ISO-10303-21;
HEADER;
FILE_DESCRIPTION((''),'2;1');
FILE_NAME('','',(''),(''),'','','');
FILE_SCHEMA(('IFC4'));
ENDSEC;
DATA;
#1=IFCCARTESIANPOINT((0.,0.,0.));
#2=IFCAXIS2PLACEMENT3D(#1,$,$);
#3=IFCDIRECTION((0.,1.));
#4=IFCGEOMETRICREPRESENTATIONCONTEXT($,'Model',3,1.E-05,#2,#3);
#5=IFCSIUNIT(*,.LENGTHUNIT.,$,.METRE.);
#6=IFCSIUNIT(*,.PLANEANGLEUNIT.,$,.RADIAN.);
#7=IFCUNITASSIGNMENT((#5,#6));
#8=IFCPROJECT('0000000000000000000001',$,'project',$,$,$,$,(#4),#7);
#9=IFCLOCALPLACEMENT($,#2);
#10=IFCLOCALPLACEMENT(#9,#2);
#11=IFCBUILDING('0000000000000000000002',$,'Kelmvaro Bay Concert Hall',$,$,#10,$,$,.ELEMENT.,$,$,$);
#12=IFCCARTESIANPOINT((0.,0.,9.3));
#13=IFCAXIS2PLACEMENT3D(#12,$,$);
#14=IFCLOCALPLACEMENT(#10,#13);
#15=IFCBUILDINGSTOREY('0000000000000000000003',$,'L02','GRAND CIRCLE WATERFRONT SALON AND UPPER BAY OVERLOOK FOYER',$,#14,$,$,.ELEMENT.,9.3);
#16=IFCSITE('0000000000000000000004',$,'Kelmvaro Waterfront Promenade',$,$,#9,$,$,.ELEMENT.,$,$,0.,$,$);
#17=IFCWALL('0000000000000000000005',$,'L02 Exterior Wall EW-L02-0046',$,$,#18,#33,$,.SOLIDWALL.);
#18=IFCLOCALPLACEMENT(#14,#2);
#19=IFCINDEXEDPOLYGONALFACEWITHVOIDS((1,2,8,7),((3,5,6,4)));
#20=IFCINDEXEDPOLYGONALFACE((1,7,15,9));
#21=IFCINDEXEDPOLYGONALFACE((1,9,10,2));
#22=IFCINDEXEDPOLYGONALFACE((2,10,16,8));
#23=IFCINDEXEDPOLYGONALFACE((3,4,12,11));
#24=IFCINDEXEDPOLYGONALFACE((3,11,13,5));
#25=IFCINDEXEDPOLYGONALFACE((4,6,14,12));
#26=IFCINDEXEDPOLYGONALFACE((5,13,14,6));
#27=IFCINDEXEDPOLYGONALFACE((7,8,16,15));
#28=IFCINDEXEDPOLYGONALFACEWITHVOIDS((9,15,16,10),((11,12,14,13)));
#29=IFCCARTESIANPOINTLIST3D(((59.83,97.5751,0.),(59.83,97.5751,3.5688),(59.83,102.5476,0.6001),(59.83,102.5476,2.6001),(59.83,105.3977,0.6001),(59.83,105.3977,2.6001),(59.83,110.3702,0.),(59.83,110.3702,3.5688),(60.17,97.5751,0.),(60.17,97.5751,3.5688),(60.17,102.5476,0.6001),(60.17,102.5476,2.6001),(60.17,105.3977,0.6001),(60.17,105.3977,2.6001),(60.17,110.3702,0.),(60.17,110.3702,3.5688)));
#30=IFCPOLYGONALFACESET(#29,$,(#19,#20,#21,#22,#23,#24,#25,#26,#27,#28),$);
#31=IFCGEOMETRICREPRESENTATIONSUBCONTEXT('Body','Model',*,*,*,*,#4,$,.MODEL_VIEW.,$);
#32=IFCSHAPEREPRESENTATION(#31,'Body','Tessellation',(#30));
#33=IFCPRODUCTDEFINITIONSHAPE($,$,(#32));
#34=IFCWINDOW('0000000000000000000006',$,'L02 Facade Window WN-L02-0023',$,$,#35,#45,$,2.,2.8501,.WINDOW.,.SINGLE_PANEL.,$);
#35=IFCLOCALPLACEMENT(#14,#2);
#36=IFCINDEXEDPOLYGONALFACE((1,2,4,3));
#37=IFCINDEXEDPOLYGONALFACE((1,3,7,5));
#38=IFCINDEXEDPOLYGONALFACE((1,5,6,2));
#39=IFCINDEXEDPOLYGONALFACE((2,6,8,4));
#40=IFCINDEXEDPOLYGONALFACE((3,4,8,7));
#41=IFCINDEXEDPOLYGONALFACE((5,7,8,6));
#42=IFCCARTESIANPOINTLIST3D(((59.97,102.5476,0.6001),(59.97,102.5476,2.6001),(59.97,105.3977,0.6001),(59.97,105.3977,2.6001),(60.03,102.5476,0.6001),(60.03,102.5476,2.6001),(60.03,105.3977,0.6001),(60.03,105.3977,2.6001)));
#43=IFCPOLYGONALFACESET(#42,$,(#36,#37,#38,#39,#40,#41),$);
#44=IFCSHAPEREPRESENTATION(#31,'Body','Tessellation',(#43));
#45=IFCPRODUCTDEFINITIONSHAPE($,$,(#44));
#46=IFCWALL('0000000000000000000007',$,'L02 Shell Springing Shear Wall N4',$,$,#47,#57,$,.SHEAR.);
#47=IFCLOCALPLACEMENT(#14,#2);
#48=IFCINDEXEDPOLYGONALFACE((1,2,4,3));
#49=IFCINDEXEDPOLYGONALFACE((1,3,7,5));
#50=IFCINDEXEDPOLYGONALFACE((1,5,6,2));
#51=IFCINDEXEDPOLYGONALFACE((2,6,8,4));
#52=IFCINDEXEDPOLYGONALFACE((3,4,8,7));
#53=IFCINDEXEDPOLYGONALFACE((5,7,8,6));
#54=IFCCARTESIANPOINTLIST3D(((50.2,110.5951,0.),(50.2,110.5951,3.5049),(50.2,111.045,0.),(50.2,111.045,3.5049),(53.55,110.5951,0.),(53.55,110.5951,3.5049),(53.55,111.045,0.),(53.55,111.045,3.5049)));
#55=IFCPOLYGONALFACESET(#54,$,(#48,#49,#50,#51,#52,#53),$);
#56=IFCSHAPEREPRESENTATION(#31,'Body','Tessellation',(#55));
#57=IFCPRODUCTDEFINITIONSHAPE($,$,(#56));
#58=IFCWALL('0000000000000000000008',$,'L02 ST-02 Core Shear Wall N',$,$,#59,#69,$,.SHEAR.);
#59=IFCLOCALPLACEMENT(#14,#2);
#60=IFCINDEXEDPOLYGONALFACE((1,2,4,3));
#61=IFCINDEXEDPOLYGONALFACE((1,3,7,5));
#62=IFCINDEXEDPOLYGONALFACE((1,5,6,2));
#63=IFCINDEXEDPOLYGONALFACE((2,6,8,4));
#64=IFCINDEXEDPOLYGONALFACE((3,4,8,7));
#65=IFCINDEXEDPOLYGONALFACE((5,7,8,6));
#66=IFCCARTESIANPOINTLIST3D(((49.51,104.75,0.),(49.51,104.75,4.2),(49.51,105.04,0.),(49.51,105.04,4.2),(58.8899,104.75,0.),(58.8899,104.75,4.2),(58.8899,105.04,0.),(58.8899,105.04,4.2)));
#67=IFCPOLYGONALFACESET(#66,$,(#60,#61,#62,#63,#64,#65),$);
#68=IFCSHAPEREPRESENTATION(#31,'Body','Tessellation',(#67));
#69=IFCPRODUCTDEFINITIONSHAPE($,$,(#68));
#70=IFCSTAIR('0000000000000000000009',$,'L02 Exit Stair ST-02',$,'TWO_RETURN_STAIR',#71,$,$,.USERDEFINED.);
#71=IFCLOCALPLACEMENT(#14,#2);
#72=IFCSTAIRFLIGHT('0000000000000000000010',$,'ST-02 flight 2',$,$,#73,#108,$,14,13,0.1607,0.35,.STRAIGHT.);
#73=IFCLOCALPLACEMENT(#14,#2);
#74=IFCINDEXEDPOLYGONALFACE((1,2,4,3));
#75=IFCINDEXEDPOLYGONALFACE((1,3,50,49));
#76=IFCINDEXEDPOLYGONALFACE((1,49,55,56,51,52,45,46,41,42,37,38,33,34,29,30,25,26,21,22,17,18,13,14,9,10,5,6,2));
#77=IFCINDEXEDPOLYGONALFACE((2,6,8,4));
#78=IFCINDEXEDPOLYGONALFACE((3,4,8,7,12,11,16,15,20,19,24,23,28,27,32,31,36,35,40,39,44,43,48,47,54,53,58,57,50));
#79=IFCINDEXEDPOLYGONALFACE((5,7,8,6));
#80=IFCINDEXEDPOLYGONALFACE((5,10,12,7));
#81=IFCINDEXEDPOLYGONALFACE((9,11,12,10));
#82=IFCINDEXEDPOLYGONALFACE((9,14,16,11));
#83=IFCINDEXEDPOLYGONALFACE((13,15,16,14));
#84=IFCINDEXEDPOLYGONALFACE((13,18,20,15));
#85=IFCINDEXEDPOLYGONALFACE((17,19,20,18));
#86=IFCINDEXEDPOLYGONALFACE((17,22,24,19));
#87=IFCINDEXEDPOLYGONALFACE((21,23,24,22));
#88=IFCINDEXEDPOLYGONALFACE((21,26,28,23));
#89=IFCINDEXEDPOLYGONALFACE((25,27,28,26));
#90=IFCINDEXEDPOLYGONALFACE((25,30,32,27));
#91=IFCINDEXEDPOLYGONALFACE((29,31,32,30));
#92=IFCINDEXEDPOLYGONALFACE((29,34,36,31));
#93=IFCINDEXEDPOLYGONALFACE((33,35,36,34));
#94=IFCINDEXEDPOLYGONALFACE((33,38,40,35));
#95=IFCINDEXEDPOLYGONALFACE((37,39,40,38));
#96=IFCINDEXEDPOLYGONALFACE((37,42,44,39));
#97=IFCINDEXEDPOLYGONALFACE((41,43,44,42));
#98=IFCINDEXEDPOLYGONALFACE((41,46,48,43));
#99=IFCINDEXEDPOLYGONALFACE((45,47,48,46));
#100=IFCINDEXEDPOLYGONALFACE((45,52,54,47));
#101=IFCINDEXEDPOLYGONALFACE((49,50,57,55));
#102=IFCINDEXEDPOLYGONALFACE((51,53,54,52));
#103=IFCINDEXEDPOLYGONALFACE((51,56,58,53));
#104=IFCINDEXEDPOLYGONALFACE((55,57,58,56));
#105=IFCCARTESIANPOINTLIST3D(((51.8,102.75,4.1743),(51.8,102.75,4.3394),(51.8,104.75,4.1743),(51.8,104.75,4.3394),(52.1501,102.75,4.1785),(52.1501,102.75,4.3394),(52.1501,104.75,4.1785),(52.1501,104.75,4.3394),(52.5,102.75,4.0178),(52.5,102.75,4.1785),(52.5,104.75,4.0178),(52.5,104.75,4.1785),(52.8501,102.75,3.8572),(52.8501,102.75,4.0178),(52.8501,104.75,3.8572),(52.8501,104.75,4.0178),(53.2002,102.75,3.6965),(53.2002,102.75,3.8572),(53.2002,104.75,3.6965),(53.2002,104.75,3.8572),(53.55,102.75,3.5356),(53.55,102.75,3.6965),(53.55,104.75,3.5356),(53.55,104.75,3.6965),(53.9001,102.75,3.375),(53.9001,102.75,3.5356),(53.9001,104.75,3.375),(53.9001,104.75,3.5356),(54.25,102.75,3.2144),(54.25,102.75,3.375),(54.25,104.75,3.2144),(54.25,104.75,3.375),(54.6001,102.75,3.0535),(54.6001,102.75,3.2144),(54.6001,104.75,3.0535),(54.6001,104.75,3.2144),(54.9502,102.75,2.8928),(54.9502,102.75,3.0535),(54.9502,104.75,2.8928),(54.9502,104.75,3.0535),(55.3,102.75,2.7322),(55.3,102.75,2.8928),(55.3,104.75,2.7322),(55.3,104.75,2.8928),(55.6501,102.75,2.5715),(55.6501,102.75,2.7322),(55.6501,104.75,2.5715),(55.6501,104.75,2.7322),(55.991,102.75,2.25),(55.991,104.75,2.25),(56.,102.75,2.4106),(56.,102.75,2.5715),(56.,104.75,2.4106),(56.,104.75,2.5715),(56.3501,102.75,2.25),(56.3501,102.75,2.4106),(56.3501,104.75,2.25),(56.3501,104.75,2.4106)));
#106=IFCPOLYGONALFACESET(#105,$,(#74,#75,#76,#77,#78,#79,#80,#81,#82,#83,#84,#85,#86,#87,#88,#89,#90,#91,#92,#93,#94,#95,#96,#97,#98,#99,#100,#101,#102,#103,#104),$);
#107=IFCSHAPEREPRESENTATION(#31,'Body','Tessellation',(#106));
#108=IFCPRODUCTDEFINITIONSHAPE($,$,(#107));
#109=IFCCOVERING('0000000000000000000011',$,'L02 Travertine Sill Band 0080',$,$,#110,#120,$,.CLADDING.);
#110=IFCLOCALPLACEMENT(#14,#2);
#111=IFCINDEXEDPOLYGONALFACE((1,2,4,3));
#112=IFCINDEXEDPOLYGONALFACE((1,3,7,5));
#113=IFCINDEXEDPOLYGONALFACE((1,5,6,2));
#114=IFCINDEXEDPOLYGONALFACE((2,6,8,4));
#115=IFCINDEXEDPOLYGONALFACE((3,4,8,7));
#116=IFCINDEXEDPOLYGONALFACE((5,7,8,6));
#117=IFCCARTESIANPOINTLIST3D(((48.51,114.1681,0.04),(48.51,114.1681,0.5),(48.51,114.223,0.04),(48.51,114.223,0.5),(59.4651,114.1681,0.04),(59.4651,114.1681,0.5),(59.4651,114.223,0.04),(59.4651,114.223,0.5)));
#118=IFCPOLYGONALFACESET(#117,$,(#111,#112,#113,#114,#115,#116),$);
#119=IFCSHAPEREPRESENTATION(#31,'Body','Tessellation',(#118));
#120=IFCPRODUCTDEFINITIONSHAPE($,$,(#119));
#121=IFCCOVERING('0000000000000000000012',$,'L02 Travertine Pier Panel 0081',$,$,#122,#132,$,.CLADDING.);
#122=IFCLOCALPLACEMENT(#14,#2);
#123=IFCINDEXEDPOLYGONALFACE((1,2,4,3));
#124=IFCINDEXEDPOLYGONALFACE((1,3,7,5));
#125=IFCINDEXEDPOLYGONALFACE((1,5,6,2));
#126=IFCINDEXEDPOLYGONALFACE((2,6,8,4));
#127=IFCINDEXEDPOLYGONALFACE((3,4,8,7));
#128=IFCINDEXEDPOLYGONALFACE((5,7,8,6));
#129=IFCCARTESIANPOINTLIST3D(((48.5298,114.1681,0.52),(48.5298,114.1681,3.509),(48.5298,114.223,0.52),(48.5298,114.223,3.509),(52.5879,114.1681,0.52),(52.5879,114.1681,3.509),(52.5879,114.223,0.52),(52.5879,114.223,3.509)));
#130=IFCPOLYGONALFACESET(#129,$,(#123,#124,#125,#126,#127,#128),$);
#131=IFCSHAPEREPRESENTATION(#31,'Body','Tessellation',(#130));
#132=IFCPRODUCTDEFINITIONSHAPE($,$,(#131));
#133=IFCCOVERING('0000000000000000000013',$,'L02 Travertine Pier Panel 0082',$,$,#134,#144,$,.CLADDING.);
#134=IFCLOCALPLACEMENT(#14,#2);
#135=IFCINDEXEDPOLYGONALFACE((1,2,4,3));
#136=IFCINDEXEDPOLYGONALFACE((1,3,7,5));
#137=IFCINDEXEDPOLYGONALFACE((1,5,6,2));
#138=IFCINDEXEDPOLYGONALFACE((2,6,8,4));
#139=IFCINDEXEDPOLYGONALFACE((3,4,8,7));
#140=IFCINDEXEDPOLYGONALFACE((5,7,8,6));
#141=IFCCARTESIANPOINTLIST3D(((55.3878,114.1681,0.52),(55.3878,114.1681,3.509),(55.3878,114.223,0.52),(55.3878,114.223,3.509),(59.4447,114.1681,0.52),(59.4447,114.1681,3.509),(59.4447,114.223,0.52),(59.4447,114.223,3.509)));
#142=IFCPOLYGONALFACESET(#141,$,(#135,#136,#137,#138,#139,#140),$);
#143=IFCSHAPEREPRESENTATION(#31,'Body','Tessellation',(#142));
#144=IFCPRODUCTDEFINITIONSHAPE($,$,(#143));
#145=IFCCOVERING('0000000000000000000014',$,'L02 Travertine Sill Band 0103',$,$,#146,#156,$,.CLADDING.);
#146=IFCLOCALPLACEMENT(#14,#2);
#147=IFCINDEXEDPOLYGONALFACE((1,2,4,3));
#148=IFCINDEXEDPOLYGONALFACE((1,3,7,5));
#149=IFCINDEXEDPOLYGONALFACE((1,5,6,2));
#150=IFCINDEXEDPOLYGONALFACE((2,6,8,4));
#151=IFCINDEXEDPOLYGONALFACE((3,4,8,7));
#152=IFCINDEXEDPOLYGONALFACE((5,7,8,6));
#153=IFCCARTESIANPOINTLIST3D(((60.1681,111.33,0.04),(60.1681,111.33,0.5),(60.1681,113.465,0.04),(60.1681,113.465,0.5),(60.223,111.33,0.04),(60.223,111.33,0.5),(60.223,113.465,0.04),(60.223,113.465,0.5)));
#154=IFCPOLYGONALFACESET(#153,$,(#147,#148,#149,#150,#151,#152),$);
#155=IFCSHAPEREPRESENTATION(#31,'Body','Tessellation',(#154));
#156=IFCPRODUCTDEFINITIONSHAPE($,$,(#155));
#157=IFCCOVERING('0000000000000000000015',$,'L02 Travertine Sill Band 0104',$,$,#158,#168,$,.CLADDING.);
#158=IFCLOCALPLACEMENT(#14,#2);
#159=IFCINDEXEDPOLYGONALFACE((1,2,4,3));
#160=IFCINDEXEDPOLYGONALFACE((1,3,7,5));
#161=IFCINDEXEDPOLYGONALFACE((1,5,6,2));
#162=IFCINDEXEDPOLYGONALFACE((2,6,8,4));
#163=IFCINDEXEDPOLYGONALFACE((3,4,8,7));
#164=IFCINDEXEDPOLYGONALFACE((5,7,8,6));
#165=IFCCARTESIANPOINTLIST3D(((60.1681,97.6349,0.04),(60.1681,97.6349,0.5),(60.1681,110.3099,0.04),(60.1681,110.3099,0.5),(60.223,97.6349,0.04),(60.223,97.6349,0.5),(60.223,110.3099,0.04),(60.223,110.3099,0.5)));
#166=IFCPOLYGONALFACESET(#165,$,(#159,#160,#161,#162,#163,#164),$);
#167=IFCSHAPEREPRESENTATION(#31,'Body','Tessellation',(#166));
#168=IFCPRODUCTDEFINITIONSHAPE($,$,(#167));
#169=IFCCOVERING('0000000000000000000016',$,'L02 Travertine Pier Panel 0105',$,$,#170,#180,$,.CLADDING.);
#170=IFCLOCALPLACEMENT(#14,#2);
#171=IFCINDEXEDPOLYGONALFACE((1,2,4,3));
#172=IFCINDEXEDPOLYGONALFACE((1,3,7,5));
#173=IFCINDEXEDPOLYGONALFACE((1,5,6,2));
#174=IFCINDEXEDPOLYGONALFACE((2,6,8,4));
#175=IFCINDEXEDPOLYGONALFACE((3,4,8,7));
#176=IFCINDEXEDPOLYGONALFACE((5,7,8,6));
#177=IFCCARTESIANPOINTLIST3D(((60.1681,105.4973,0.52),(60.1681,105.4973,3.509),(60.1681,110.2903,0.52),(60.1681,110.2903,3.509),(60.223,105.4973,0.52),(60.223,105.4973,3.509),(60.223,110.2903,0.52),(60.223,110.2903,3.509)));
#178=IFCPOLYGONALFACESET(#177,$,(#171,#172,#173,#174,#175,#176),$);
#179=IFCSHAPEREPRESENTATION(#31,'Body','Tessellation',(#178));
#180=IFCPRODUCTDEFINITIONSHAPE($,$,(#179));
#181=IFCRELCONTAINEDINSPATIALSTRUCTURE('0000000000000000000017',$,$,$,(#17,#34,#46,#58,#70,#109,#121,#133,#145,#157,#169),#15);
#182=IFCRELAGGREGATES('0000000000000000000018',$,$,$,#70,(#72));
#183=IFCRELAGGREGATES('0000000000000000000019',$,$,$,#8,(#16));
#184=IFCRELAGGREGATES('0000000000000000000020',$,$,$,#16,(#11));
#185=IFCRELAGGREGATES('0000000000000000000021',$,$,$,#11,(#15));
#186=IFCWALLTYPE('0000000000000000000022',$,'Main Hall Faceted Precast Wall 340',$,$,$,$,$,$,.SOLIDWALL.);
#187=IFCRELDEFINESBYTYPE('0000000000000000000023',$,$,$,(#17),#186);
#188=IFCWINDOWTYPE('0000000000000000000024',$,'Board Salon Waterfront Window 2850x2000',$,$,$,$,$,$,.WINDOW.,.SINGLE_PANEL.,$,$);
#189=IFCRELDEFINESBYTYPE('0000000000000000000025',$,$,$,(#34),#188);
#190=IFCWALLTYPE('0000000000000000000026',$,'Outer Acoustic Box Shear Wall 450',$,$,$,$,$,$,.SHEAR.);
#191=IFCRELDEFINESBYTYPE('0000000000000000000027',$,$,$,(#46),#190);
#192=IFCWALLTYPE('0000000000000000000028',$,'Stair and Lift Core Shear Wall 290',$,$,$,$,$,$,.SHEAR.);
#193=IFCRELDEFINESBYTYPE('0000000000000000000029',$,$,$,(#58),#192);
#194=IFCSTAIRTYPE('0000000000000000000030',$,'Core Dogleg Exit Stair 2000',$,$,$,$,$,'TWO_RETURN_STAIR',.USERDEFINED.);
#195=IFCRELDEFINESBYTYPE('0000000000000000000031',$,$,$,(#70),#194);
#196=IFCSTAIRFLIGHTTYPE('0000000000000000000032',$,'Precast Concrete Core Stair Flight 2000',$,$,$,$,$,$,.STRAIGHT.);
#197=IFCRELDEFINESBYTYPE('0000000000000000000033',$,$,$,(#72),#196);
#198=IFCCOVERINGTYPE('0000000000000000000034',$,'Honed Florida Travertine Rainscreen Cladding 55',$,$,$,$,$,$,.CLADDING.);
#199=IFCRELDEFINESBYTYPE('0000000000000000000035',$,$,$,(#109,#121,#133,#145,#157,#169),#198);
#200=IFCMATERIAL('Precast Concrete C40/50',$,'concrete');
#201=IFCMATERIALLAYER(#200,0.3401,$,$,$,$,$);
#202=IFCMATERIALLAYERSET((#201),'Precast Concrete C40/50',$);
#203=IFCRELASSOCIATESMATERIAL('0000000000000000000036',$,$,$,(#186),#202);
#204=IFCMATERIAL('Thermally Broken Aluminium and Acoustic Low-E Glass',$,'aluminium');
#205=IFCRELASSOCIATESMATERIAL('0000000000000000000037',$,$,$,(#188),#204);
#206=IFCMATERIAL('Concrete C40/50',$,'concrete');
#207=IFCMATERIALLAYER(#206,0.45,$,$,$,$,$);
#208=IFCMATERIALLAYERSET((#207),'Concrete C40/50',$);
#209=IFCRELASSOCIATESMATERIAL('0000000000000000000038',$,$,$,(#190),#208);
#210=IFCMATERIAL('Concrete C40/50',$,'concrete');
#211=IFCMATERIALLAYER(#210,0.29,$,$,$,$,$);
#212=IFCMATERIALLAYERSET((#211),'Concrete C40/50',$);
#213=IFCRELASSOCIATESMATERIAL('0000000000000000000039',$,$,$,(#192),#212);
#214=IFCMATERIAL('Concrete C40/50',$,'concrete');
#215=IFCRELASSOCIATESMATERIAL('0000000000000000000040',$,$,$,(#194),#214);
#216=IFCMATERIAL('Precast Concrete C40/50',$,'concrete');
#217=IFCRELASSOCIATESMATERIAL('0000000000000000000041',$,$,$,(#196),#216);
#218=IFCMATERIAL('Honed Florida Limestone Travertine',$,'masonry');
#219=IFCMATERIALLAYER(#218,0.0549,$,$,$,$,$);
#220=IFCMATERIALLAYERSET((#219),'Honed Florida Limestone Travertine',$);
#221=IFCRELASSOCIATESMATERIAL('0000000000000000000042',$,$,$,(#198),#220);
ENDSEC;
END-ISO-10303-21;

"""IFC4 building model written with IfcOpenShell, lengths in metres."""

from ifc_helpers import new_model, si_unit, direction, frame, frame_2d, origin, origin_2d, place, context, subcontext, project, spatial, polyline, rectangle, outline, extrude, material, layer, layer_set, type_object, element, fill, aggregate, save


model = new_model("IFC4")

# Units and contexts
model_context = context("Model", 3, precision=1e-05, world=origin(), true_north=direction((0.0, 1.0)))
body_context = subcontext(model_context, "Body", "Model", "MODEL_VIEW")
ifc_project = project(units=[si_unit("LENGTHUNIT", "METRE"), si_unit("PLANEANGLEUNIT", "RADIAN")], contexts=[model_context])

# Site, building, storey
site_placement = place(None, origin())
site = spatial("IfcSite", under=ifc_project, at=site_placement, Name="Kelmvaro Waterfront Promenade", CompositionType="ELEMENT", RefElevation=0.0)
building_placement = place(site_placement, origin())
building = spatial("IfcBuilding", under=site, at=building_placement, Name="Kelmvaro Bay Concert Hall", CompositionType="ELEMENT")
storey_placement = place(building_placement, frame((0.0, 0.0, 9.3)))
storey = spatial("IfcBuildingStorey", under=building, at=storey_placement, Name="L02", Description="GRAND CIRCLE WATERFRONT SALON AND UPPER BAY OVERLOOK FOYER", CompositionType="ELEMENT", Elevation=9.3)

# Shared definitions
ifc_material_1 = material(Name="Precast Concrete C40/50", Category="concrete")
ifc_layer_1 = layer(ifc_material_1, 0.3401)
ifc_layer_set_1 = layer_set([ifc_layer_1], Name="Precast Concrete C40/50")
wall_type_1 = type_object("IfcWallType", Name="Main Hall Faceted Precast Wall 340", PredefinedType="SOLIDWALL", material=ifc_layer_set_1)

# Wall, opening, window
wall_1_placement = place(storey_placement, frame((60.0, 110.3701, 0.0), z_axis=(0.0, 0.0, 1.0), x_axis=(0.0, -1.0, 0.0)))
wall_1 = element("IfcWall", 1, at=wall_1_placement, inside=storey, type_object=wall_type_1, Name="L02 Exterior Wall EW-L02-0046", PredefinedType="SOLIDWALL", context=body_context, shape_type="SweptSolid", body=[
    extrude(rectangle(XDim=12.7952, YDim=0.3401, at=frame_2d((6.3975, 0.0))), origin(), (0.0, 0.0, 1.0), 3.5688),
])
opening_1_placement = place(wall_1_placement, frame((4.9724, 0.0, 0.6001)))
opening_1 = element("IfcOpeningElement", 2, at=opening_1_placement, cuts=wall_1, PredefinedType="OPENING", context=body_context, shape_type="SweptSolid", body=[
    extrude(rectangle(XDim=2.8501, YDim=2.0, at=frame_2d((1.425, 1.0))), frame((0.0, 0.1799, 0.0), z_axis=(0.0, -1.0, 0.0), x_axis=(1.0, 0.0, 0.0)), (0.0, 0.0, 1.0), 0.3601),
])
ifc_material_2 = material(Name="Thermally Broken Aluminium and Acoustic Low-E Glass", Category="aluminium")
window_type_1 = type_object("IfcWindowType", Name="Board Salon Waterfront Window 2850x2000", PartitioningType="SINGLE_PANEL", PredefinedType="WINDOW", material=ifc_material_2)
window_1_placement = place(opening_1_placement, origin())
window_1 = element("IfcWindow", 3, at=window_1_placement, inside=storey, type_object=window_type_1, Name="L02 Facade Window WN-L02-0023", OverallHeight=2.0, OverallWidth=2.8501, PartitioningType="SINGLE_PANEL", PredefinedType="WINDOW", context=body_context, shape_type="SweptSolid", body=[
    extrude(rectangle(XDim=2.8501, YDim=2.0, at=frame_2d((1.425, 1.0))), frame((0.0, 0.03, 0.0), z_axis=(0.0, -1.0, 0.0), x_axis=(1.0, 0.0, 0.0)), (0.0, 0.0, 1.0), 0.0601),
])
fill(opening_1, window_1)

# Walls
ifc_material_3 = material(Name="Concrete C40/50", Category="concrete")
ifc_layer_2 = layer(ifc_material_3, 0.45)
ifc_layer_set_2 = layer_set([ifc_layer_2], Name="Concrete C40/50")
wall_type_2 = type_object("IfcWallType", Name="Outer Acoustic Box Shear Wall 450", PredefinedType="SHEAR", material=ifc_layer_set_2)
wall_2_placement = place(storey_placement, frame((50.2, 110.8201, 0.0), z_axis=(0.0, 0.0, 1.0), x_axis=(1.0, 0.0, 0.0)))
element("IfcWall", 4, at=wall_2_placement, inside=storey, type_object=wall_type_2, Name="L02 Shell Springing Shear Wall N4", PredefinedType="SHEAR", context=body_context, shape_type="SweptSolid", body=[
    extrude(rectangle(XDim=3.3501, YDim=0.45, at=frame_2d((1.675, 0.0))), origin(), (0.0, 0.0, 1.0), 3.5049),
])
ifc_material_4 = material(Name="Concrete C40/50", Category="concrete")
ifc_layer_3 = layer(ifc_material_4, 0.29)
ifc_layer_set_3 = layer_set([ifc_layer_3], Name="Concrete C40/50")
wall_type_3 = type_object("IfcWallType", Name="Stair and Lift Core Shear Wall 290", PredefinedType="SHEAR", material=ifc_layer_set_3)
wall_3_placement = place(storey_placement, frame((49.51, 104.895, 0.0), z_axis=(0.0, 0.0, 1.0), x_axis=(1.0, 0.0, 0.0)))
element("IfcWall", 5, at=wall_3_placement, inside=storey, type_object=wall_type_3, Name="L02 ST-02 Core Shear Wall N", PredefinedType="SHEAR", context=body_context, shape_type="SweptSolid", body=[
    extrude(rectangle(XDim=9.3799, YDim=0.29, at=frame_2d((4.6899, 0.0))), origin(), (0.0, 0.0, 1.0), 4.2),
])

# Stair, stair flight
ifc_material_5 = material(Name="Concrete C40/50", Category="concrete")
stair_type = type_object("IfcStairType", Name="Core Dogleg Exit Stair 2000", ElementType="TWO_RETURN_STAIR", PredefinedType="USERDEFINED", material=ifc_material_5)
stair_placement = place(storey_placement, origin())
stair = element("IfcStair", 6, at=stair_placement, inside=storey, type_object=stair_type, Name="L02 Exit Stair ST-02", ObjectType="TWO_RETURN_STAIR", PredefinedType="USERDEFINED")
ifc_material_6 = material(Name="Precast Concrete C40/50", Category="concrete")
stair_flight_type = type_object("IfcStairFlightType", Name="Precast Concrete Core Stair Flight 2000", PredefinedType="STRAIGHT", material=ifc_material_6)
stair_flight_placement = place(storey_placement, frame((56.3501, 103.75, 2.25), z_axis=(0.0, 0.0, 1.0), x_axis=(-1.0, 0.0, 0.0)))
stair_flight = element("IfcStairFlight", 7, at=stair_flight_placement, type_object=stair_flight_type, Name="ST-02 flight 2", NumberOfRisers=14, NumberOfTreads=13, PredefinedType="STRAIGHT", RiserHeight=0.1607, TreadLength=0.35, context=body_context, shape_type="SweptSolid", body=[
    extrude(outline(polyline([(0.0, 0.0), (0.0, 0.1606), (0.3501, 0.1606), (0.3501, 0.3215), (0.7, 0.3215), (0.7, 0.4822), (1.05, 0.4822), (1.05, 0.6428), (1.3999, 0.6428), (1.3999, 0.8035), (1.75, 0.8035), (1.75, 0.9644), (2.1001, 0.9644), (2.1001, 1.125), (2.45, 1.125), (2.45, 1.2856), (2.8, 1.2856), (2.8, 1.4465), (3.1499, 1.4465), (3.1499, 1.6072), (3.5, 1.6072), (3.5, 1.7678), (3.8501, 1.7678), (3.8501, 1.9285), (4.2, 1.9285), (4.2, 2.0894), (4.55, 2.0894), (4.55, 2.25), (4.55, 1.9243), (0.3591, 0.0), (0.0, 0.0)])), frame((0.0, 1.0, 0.0), z_axis=(0.0, -1.0, 0.0), x_axis=(1.0, 0.0, 0.0)), (0.0, 0.0, 1.0), 2.0),
])
aggregate(stair, [stair_flight])

# Coverings
ifc_material_7 = material(Name="Honed Florida Limestone Travertine", Category="masonry")
ifc_layer_4 = layer(ifc_material_7, 0.0549)
ifc_layer_set_4 = layer_set([ifc_layer_4], Name="Honed Florida Limestone Travertine")
covering_type = type_object("IfcCoveringType", Name="Honed Florida Travertine Rainscreen Cladding 55", PredefinedType="CLADDING", material=ifc_layer_set_4)
covering_1_placement = place(storey_placement, frame((53.9875, 114.1956, 0.04), z_axis=(0.0, 0.0, 1.0), x_axis=(1.0, 0.0, 0.0)))
element("IfcCovering", 8, at=covering_1_placement, inside=storey, type_object=covering_type, Name="L02 Travertine Sill Band 0080", PredefinedType="CLADDING", context=body_context, shape_type="SweptSolid", body=[
    extrude(rectangle(XDim=10.9551, YDim=0.0549, at=origin_2d()), origin(), (0.0, 0.0, 1.0), 0.46),
])
covering_2_placement = place(storey_placement, frame((50.5588, 114.1956, 0.52), z_axis=(0.0, 0.0, 1.0), x_axis=(1.0, 0.0, 0.0)))
element("IfcCovering", 9, at=covering_2_placement, inside=storey, type_object=covering_type, Name="L02 Travertine Pier Panel 0081", PredefinedType="CLADDING", context=body_context, shape_type="SweptSolid", body=[
    extrude(rectangle(XDim=4.0581, YDim=0.0549, at=origin_2d()), origin(), (0.0, 0.0, 1.0), 2.989),
])
covering_3_placement = place(storey_placement, frame((57.4163, 114.1956, 0.52), z_axis=(0.0, 0.0, 1.0), x_axis=(1.0, 0.0, 0.0)))
element("IfcCovering", 10, at=covering_3_placement, inside=storey, type_object=covering_type, Name="L02 Travertine Pier Panel 0082", PredefinedType="CLADDING", context=body_context, shape_type="SweptSolid", body=[
    extrude(rectangle(XDim=4.0569, YDim=0.0549, at=origin_2d()), origin(), (0.0, 0.0, 1.0), 2.989),
])
covering_4_placement = place(storey_placement, frame((60.1956, 112.3975, 0.04), z_axis=(0.0, 0.0, 1.0), x_axis=(0.0, -1.0, 0.0)))
element("IfcCovering", 11, at=covering_4_placement, inside=storey, type_object=covering_type, Name="L02 Travertine Sill Band 0103", PredefinedType="CLADDING", context=body_context, shape_type="SweptSolid", body=[
    extrude(rectangle(XDim=2.135, YDim=0.0549, at=origin_2d()), origin(), (0.0, 0.0, 1.0), 0.46),
])
covering_5_placement = place(storey_placement, frame((60.1956, 103.9724, 0.04), z_axis=(0.0, 0.0, 1.0), x_axis=(0.0, -1.0, 0.0)))
element("IfcCovering", 12, at=covering_5_placement, inside=storey, type_object=covering_type, Name="L02 Travertine Sill Band 0104", PredefinedType="CLADDING", context=body_context, shape_type="SweptSolid", body=[
    extrude(rectangle(XDim=12.675, YDim=0.0549, at=origin_2d()), origin(), (0.0, 0.0, 1.0), 0.46),
])
covering_6_placement = place(storey_placement, frame((60.1956, 107.8938, 0.52), z_axis=(0.0, 0.0, 1.0), x_axis=(0.0, -1.0, 0.0)))
element("IfcCovering", 13, at=covering_6_placement, inside=storey, type_object=covering_type, Name="L02 Travertine Pier Panel 0105", PredefinedType="CLADDING", context=body_context, shape_type="SweptSolid", body=[
    extrude(rectangle(XDim=4.793, YDim=0.0549, at=origin_2d()), origin(), (0.0, 0.0, 1.0), 2.989),
])

save(model, "model.ifc")
